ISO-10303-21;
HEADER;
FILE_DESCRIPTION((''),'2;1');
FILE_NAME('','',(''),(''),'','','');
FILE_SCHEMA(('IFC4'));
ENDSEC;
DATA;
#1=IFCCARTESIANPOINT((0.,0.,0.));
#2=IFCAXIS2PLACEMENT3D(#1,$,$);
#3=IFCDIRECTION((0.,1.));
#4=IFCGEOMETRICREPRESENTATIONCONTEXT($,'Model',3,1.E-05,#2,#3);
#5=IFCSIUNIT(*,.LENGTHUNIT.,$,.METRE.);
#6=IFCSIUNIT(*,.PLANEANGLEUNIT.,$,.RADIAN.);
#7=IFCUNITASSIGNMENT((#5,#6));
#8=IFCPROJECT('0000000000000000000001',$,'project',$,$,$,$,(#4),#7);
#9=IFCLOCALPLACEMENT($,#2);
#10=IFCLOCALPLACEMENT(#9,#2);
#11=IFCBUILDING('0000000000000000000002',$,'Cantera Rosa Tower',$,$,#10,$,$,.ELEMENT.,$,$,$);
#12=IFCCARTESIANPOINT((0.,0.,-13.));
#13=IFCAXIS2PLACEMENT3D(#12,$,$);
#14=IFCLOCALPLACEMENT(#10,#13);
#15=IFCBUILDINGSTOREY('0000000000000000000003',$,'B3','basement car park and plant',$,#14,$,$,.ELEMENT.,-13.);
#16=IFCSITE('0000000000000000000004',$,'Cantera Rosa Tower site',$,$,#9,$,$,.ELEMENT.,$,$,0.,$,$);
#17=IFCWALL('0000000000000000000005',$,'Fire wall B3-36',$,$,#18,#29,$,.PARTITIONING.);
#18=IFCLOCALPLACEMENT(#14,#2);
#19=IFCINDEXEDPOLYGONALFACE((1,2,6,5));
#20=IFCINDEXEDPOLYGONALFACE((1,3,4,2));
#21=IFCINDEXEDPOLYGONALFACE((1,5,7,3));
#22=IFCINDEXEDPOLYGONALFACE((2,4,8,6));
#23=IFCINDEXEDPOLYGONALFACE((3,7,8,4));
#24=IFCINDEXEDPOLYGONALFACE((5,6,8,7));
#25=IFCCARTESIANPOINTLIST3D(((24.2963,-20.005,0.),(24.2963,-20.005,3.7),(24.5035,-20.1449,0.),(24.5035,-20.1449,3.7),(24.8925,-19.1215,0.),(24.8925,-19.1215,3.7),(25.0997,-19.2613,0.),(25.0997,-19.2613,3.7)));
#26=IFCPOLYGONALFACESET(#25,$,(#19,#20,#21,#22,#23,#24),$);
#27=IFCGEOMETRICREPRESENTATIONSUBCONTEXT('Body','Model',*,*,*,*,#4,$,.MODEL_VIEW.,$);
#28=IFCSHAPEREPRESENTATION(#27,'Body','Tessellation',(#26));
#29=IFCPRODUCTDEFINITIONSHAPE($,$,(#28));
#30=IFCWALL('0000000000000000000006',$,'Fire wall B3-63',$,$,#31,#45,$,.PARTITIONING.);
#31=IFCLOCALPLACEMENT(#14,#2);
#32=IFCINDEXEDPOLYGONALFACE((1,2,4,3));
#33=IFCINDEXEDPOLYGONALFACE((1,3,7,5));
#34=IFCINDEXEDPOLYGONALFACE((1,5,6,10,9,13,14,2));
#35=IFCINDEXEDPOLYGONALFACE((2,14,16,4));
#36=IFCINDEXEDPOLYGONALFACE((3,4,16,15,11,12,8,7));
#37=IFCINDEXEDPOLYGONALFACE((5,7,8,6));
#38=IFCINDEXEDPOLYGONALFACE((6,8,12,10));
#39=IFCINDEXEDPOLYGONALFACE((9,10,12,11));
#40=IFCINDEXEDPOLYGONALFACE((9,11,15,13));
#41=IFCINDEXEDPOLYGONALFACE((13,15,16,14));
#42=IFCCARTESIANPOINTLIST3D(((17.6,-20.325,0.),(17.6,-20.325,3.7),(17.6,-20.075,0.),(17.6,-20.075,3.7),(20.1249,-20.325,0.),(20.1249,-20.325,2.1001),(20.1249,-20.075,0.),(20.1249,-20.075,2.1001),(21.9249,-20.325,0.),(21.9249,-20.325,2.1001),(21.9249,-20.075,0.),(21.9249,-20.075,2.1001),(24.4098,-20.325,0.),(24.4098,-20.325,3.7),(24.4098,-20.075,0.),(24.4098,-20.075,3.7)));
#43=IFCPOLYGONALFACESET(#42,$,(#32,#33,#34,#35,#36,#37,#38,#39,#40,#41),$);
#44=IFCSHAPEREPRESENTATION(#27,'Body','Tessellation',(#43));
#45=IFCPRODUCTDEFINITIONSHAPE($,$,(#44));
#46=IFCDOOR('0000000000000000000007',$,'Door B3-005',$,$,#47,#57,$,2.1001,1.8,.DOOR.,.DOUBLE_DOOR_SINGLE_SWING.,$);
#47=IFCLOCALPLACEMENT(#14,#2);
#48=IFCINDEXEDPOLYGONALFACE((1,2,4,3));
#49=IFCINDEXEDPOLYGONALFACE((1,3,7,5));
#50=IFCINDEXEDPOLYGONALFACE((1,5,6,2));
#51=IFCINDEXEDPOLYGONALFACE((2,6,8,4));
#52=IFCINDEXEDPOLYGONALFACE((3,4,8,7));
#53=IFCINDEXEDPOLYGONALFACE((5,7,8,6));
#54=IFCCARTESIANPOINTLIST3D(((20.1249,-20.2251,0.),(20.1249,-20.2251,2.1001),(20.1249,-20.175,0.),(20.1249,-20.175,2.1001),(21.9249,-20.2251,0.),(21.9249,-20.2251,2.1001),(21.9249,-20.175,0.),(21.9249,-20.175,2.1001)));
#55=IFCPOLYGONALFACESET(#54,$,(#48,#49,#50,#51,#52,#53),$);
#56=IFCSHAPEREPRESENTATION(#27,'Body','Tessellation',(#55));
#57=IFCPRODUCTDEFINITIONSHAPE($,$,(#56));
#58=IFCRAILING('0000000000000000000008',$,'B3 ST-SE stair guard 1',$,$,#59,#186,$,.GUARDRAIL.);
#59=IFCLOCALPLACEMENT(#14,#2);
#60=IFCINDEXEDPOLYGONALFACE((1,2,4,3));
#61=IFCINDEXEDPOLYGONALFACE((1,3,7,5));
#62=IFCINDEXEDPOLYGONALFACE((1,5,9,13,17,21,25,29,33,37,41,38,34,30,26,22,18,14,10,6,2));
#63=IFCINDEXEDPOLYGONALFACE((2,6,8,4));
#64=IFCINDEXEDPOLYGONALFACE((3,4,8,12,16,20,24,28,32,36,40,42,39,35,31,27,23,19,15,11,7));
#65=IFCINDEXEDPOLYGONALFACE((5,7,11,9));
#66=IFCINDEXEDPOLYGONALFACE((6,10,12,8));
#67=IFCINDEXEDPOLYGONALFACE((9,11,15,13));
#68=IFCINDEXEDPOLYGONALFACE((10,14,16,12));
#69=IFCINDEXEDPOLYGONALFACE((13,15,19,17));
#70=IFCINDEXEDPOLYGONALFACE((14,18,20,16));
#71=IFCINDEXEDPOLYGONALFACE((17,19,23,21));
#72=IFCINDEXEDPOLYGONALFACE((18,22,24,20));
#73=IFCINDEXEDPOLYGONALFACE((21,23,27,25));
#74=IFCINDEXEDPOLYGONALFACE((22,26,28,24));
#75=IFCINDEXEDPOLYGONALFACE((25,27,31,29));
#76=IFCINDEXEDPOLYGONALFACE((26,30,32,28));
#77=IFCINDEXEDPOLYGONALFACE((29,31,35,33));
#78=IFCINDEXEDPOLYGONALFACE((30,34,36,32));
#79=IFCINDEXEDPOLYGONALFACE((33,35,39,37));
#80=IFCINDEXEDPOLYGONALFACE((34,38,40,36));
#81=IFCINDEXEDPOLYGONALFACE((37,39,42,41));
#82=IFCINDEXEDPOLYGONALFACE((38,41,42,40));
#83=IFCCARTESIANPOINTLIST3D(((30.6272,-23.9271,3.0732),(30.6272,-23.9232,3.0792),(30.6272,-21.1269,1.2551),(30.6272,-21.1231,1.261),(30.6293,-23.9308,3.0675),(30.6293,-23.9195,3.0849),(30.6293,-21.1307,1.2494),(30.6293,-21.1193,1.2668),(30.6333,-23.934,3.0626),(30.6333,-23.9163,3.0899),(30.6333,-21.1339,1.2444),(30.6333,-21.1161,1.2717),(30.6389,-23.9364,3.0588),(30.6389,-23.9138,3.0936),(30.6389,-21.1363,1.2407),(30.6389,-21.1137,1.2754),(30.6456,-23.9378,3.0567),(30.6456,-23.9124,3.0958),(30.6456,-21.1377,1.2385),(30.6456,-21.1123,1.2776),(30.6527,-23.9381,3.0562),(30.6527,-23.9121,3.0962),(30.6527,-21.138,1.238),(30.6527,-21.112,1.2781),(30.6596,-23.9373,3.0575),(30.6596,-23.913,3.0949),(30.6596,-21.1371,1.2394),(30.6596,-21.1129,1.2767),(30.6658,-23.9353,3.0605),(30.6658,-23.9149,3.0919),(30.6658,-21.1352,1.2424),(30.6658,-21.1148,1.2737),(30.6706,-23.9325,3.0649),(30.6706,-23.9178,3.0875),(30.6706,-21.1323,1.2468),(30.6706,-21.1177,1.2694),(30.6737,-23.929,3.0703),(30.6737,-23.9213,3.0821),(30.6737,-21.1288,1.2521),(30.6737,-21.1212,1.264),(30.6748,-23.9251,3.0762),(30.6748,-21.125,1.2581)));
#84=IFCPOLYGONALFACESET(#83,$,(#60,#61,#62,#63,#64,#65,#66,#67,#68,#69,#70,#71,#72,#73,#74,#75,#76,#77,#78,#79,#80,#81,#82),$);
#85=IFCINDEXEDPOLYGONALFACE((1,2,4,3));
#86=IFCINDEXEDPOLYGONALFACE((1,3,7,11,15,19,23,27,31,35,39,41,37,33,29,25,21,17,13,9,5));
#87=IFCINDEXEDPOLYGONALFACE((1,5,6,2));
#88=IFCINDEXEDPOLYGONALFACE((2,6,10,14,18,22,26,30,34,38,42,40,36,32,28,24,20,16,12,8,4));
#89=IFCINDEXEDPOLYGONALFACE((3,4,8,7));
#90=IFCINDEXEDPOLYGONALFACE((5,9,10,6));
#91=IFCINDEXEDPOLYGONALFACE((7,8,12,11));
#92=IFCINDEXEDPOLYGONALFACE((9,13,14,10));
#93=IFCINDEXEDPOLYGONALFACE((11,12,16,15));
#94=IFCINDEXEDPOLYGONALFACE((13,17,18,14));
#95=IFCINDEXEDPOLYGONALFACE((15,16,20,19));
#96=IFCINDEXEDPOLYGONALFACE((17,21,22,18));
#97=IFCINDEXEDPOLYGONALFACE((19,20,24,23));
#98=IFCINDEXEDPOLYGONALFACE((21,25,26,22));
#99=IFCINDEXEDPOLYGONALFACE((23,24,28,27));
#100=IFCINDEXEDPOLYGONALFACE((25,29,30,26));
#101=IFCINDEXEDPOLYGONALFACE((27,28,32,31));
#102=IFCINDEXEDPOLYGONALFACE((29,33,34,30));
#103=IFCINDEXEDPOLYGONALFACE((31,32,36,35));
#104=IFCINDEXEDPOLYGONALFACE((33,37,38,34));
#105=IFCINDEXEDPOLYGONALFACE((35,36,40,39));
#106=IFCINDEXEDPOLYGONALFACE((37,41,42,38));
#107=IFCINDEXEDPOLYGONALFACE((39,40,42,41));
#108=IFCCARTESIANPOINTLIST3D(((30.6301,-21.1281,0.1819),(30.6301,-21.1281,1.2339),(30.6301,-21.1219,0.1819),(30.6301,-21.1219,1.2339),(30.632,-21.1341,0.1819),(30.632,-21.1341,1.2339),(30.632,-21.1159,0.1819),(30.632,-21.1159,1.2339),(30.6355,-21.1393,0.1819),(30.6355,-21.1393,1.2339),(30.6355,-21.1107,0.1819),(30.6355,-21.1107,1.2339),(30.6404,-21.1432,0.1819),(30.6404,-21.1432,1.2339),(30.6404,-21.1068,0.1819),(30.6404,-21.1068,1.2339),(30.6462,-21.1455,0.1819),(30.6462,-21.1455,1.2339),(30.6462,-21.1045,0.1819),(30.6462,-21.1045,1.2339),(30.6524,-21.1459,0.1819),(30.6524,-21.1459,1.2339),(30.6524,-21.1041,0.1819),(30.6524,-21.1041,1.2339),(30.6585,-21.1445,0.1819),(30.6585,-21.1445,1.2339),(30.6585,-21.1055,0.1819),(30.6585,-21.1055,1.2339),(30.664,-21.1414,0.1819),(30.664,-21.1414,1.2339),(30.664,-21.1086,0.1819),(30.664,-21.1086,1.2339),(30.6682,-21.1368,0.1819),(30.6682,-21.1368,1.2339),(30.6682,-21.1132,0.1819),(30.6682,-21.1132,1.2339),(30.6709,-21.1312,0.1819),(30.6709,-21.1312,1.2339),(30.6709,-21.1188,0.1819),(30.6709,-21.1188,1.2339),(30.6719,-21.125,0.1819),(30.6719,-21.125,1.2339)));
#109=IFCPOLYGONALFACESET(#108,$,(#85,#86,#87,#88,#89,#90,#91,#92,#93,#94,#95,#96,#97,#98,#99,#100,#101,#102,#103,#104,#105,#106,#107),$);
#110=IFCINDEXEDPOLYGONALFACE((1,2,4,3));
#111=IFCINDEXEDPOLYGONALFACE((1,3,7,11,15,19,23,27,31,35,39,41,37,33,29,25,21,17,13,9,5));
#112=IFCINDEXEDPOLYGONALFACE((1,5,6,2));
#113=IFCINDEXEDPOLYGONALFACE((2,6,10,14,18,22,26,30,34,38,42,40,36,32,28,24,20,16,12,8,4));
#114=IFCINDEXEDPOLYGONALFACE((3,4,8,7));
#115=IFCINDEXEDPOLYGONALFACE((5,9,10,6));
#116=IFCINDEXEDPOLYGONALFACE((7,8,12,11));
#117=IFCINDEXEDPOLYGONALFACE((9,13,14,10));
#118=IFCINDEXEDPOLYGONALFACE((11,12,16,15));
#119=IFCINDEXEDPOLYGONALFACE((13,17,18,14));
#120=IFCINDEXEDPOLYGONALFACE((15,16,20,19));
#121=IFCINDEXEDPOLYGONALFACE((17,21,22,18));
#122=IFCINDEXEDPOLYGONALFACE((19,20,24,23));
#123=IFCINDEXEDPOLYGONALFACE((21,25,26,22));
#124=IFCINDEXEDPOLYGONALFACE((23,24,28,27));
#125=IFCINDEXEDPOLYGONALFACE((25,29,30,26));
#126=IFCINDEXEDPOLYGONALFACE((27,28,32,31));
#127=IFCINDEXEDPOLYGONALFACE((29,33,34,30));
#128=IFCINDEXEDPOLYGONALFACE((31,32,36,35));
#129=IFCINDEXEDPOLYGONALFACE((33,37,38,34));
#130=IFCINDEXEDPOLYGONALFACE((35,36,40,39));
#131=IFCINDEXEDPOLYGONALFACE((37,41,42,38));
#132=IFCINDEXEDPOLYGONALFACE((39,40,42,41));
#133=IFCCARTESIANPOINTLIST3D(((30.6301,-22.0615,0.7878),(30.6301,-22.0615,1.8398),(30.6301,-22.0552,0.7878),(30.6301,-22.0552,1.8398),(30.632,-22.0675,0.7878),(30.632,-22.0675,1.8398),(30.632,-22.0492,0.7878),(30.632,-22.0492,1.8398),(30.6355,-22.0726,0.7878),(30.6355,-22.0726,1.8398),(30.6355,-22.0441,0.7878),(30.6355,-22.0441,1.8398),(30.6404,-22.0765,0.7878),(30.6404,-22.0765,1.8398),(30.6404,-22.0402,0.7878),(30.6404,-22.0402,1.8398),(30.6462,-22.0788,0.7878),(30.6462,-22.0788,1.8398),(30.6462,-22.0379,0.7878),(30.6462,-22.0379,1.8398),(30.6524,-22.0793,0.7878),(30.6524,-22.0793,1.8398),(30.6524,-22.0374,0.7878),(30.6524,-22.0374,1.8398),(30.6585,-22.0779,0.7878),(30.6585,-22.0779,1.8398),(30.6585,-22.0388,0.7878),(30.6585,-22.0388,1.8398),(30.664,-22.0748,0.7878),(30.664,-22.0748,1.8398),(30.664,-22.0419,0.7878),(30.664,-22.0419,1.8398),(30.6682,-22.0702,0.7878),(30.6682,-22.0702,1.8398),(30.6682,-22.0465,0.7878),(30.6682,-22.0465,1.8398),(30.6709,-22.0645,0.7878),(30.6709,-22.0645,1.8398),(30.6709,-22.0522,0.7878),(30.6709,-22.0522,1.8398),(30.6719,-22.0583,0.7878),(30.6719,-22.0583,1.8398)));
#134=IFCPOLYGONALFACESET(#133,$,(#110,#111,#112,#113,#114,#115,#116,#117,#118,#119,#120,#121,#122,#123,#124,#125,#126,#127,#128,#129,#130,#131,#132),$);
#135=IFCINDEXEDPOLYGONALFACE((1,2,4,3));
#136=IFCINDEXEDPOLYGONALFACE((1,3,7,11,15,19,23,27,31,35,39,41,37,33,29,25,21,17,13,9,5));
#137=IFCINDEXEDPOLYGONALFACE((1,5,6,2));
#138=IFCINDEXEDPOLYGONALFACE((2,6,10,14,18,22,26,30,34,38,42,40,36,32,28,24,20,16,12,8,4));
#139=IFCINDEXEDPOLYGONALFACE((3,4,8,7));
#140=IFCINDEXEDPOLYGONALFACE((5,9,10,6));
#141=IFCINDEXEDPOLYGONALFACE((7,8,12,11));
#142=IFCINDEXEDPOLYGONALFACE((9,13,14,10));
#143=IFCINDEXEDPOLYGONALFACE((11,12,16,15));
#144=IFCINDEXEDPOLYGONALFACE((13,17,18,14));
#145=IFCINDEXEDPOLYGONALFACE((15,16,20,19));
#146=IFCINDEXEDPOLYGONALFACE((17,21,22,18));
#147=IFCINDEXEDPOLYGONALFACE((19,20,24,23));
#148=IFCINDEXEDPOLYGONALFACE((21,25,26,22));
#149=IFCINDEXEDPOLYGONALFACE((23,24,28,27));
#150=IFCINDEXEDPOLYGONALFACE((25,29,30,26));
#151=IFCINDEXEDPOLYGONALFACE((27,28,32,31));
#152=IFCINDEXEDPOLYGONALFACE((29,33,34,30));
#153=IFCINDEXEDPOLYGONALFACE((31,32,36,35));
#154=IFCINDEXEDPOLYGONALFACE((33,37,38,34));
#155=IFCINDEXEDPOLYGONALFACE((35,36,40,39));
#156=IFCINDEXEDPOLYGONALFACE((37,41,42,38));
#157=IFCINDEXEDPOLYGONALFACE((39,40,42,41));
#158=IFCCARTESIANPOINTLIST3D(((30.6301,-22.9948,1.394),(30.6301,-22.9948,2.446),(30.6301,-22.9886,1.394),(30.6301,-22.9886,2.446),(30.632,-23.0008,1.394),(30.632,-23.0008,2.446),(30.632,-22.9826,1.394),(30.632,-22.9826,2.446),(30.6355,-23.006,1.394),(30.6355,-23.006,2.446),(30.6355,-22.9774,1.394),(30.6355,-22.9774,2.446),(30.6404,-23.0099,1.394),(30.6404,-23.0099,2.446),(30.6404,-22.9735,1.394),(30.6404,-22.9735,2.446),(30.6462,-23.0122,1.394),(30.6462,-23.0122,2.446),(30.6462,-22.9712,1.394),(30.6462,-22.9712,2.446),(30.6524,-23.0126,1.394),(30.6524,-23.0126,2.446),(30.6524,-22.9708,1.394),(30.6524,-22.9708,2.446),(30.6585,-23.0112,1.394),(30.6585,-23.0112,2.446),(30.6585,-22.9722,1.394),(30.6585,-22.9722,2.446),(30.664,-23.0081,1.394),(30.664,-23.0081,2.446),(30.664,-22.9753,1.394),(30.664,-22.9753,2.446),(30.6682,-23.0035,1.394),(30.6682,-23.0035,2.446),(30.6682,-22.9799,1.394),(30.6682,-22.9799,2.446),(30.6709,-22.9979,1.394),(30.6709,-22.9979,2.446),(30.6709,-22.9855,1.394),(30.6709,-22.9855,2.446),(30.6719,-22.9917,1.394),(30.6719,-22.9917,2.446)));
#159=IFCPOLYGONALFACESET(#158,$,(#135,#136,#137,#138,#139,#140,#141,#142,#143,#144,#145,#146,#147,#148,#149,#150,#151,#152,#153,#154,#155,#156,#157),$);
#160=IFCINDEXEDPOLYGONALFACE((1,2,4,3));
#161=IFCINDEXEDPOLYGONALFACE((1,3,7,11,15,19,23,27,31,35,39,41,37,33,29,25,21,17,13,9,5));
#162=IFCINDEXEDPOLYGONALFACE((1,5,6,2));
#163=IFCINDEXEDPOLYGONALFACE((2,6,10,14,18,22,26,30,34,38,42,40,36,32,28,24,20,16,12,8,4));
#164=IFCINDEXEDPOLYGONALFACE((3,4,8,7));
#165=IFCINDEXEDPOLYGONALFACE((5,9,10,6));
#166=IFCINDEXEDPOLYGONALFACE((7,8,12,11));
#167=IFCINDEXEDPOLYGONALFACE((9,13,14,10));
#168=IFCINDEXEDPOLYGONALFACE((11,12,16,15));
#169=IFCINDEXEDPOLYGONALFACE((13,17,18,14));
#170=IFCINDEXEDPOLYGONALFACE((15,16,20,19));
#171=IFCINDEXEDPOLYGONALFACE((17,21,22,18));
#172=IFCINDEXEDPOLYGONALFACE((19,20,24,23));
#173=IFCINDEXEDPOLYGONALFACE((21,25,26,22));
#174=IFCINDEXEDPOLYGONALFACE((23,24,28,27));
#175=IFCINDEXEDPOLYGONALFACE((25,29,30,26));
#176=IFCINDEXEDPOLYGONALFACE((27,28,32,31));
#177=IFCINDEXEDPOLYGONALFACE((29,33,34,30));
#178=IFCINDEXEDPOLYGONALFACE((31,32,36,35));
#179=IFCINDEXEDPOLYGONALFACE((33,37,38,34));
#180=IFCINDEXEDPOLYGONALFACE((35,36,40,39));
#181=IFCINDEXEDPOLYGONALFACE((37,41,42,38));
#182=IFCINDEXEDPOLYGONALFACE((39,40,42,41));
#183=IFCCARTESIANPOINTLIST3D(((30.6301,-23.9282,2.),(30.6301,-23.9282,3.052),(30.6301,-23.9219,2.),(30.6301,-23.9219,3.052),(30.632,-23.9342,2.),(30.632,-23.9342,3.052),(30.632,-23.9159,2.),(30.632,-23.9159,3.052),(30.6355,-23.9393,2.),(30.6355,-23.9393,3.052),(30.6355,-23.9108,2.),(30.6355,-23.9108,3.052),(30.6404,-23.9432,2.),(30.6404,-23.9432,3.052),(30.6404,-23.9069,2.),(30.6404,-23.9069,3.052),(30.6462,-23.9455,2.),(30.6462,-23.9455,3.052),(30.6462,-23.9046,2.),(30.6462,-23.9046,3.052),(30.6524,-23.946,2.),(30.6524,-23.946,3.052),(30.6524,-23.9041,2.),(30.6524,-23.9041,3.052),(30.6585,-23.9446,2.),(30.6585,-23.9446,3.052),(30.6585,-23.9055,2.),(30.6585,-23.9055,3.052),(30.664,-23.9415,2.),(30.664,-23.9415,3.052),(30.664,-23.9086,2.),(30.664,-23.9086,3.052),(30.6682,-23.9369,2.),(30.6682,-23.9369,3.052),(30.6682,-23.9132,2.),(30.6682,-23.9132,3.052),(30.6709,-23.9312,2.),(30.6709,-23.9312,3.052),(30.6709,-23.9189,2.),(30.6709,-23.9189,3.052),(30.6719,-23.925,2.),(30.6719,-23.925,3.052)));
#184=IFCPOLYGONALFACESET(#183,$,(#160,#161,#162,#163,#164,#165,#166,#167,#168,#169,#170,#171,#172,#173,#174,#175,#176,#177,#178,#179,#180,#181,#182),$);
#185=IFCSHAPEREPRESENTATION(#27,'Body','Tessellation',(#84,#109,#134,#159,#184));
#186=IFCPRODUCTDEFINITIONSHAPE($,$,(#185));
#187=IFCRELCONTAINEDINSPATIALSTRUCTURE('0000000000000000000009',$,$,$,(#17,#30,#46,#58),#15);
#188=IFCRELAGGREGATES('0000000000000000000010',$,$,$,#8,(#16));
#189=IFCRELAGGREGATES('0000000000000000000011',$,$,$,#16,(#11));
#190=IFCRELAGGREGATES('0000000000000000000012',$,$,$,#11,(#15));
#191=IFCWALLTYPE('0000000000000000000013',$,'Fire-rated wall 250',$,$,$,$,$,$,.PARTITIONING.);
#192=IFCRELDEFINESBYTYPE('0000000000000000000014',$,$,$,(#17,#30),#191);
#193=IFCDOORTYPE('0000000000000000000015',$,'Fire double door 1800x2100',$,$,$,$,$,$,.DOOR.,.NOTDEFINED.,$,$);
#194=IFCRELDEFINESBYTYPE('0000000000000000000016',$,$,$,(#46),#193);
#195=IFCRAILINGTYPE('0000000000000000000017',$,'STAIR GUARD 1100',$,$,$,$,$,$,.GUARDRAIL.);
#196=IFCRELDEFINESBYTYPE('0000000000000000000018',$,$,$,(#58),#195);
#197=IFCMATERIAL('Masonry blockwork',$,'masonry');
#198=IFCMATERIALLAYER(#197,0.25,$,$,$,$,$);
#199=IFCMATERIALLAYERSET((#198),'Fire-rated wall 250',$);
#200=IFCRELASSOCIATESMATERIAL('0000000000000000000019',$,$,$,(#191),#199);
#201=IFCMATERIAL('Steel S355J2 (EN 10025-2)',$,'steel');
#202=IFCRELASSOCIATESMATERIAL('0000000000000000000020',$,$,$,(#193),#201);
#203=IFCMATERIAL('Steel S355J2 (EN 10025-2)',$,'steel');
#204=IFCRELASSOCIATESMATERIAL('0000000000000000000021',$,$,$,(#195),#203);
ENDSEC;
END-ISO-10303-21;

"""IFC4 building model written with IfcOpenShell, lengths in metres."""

from ifc_helpers import new_model, si_unit, direction, frame, frame_2d, origin, origin_2d, place, context, subcontext, project, spatial, rectangle, circle, extrude, material, layer, layer_set, type_object, element, fill, save


model = new_model("IFC4")

# Units and contexts
model_context = context("Model", 3, precision=1e-05, world=origin(), true_north=direction((0.0, 1.0)))
body_context = subcontext(model_context, "Body", "Model", "MODEL_VIEW")
ifc_project = project(units=[si_unit("LENGTHUNIT", "METRE"), si_unit("PLANEANGLEUNIT", "RADIAN")], contexts=[model_context])

# Site, building, storey
site_placement = place(None, origin())
site = spatial("IfcSite", under=ifc_project, at=site_placement, Name="Cantera Rosa Tower site", CompositionType="ELEMENT", RefElevation=0.0)
building_placement = place(site_placement, origin())
building = spatial("IfcBuilding", under=site, at=building_placement, Name="Cantera Rosa Tower", CompositionType="ELEMENT")
storey_placement = place(building_placement, frame((0.0, 0.0, -13.0)))
storey = spatial("IfcBuildingStorey", under=building, at=storey_placement, Name="B3", Description="basement car park and plant", CompositionType="ELEMENT", Elevation=-13.0)

# Shared definitions
ifc_material_1 = material(Name="Masonry blockwork", Category="masonry")
ifc_layer_1 = layer(ifc_material_1, 0.25)
ifc_layer_set_1 = layer_set([ifc_layer_1], Name="Fire-rated wall 250")
wall_type_1 = type_object("IfcWallType", Name="Fire-rated wall 250", PredefinedType="PARTITIONING", material=ifc_layer_set_1)

# Wall
wall_1_placement = place(storey_placement, frame((24.3999, -20.075, 0.0), z_axis=(0.0, 0.0, 1.0), x_axis=(0.559343, 0.828936, 0.0)))
element("IfcWall", 1, at=wall_1_placement, inside=storey, type_object=wall_type_1, Name="Fire wall B3-36", PredefinedType="PARTITIONING", context=body_context, shape_type="SweptSolid", body=[
    extrude(rectangle(XDim=1.0659, YDim=0.25, at=frame_2d((0.533, 0.0))), origin(), (0.0, 0.0, 1.0), 3.7),
])

# Wall, opening, door
wall_2_placement = place(storey_placement, frame((17.6001, -20.2, 0.0), z_axis=(0.0, 0.0, 1.0), x_axis=(1.0, 0.0, 0.0)))
wall_2 = element("IfcWall", 2, at=wall_2_placement, inside=storey, type_object=wall_type_1, Name="Fire wall B3-63", PredefinedType="PARTITIONING", context=body_context, shape_type="SweptSolid", body=[
    extrude(rectangle(XDim=6.8098, YDim=0.25, at=frame_2d((3.4048, 0.0))), origin(), (0.0, 0.0, 1.0), 3.7),
])
opening_1_placement = place(wall_2_placement, frame((2.5249, 0.0, 0.0)))
opening_1 = element("IfcOpeningElement", 3, at=opening_1_placement, cuts=wall_2, PredefinedType="OPENING", context=body_context, shape_type="SweptSolid", body=[
    extrude(rectangle(XDim=1.8, YDim=2.1001, at=frame_2d((0.8999, 1.05))), frame((0.0, 0.135, 0.0), z_axis=(0.0, -1.0, 0.0), x_axis=(1.0, 0.0, 0.0)), (0.0, 0.0, 1.0), 0.27),
])
ifc_material_2 = material(Name="Steel S355J2 (EN 10025-2)", Category="steel")
door_type_1 = type_object("IfcDoorType", Name="Fire double door 1800x2100", OperationType="NOTDEFINED", PredefinedType="DOOR", material=ifc_material_2)
door_1_placement = place(opening_1_placement, origin())
door_1 = element("IfcDoor", 4, at=door_1_placement, inside=storey, type_object=door_type_1, Name="Door B3-005", OperationType="DOUBLE_DOOR_SINGLE_SWING", OverallHeight=2.1001, OverallWidth=1.8, PredefinedType="DOOR", context=body_context, shape_type="SweptSolid", body=[
    extrude(rectangle(XDim=1.8, YDim=2.1001, at=frame_2d((0.8999, 1.05))), frame((0.0, 0.0249, 0.0), z_axis=(0.0, -1.0, 0.0), x_axis=(1.0, 0.0, 0.0)), (0.0, 0.0, 1.0), 0.05),
])
fill(opening_1, door_1)

# Railing
ifc_material_3 = material(Name="Steel S355J2 (EN 10025-2)", Category="steel")
railing_type = type_object("IfcRailingType", Name="STAIR GUARD 1100", PredefinedType="GUARDRAIL", material=ifc_material_3)
railing_1_placement = place(storey_placement, frame((30.6509, -21.125, 0.1819)))
element("IfcRailing", 5, at=railing_1_placement, inside=storey, type_object=railing_type, Name="B3 ST-SE stair guard 1", PredefinedType="GUARDRAIL", context=body_context, shape_type="SweptSolid", body=[
    extrude(circle(Radius=0.0239, at=origin_2d()), frame((0.0, 0.0, 1.0762), z_axis=(0.0, -0.838706, 0.544585), x_axis=(1.0, 0.0, 0.0)), (0.0, 0.0, 1.0), 3.3386),
    extrude(circle(Radius=0.021, at=origin_2d()), origin(), (0.0, 0.0, 1.0), 1.052),
    extrude(circle(Radius=0.021, at=origin_2d()), frame((0.0, -0.9333, 0.606)), (0.0, 0.0, 1.0), 1.052),
    extrude(circle(Radius=0.021, at=origin_2d()), frame((0.0, -1.8667, 1.2122)), (0.0, 0.0, 1.0), 1.052),
    extrude(circle(Radius=0.021, at=origin_2d()), frame((0.0, -2.8, 1.8181)), (0.0, 0.0, 1.0), 1.052),
])

save(model, "model.ifc")
